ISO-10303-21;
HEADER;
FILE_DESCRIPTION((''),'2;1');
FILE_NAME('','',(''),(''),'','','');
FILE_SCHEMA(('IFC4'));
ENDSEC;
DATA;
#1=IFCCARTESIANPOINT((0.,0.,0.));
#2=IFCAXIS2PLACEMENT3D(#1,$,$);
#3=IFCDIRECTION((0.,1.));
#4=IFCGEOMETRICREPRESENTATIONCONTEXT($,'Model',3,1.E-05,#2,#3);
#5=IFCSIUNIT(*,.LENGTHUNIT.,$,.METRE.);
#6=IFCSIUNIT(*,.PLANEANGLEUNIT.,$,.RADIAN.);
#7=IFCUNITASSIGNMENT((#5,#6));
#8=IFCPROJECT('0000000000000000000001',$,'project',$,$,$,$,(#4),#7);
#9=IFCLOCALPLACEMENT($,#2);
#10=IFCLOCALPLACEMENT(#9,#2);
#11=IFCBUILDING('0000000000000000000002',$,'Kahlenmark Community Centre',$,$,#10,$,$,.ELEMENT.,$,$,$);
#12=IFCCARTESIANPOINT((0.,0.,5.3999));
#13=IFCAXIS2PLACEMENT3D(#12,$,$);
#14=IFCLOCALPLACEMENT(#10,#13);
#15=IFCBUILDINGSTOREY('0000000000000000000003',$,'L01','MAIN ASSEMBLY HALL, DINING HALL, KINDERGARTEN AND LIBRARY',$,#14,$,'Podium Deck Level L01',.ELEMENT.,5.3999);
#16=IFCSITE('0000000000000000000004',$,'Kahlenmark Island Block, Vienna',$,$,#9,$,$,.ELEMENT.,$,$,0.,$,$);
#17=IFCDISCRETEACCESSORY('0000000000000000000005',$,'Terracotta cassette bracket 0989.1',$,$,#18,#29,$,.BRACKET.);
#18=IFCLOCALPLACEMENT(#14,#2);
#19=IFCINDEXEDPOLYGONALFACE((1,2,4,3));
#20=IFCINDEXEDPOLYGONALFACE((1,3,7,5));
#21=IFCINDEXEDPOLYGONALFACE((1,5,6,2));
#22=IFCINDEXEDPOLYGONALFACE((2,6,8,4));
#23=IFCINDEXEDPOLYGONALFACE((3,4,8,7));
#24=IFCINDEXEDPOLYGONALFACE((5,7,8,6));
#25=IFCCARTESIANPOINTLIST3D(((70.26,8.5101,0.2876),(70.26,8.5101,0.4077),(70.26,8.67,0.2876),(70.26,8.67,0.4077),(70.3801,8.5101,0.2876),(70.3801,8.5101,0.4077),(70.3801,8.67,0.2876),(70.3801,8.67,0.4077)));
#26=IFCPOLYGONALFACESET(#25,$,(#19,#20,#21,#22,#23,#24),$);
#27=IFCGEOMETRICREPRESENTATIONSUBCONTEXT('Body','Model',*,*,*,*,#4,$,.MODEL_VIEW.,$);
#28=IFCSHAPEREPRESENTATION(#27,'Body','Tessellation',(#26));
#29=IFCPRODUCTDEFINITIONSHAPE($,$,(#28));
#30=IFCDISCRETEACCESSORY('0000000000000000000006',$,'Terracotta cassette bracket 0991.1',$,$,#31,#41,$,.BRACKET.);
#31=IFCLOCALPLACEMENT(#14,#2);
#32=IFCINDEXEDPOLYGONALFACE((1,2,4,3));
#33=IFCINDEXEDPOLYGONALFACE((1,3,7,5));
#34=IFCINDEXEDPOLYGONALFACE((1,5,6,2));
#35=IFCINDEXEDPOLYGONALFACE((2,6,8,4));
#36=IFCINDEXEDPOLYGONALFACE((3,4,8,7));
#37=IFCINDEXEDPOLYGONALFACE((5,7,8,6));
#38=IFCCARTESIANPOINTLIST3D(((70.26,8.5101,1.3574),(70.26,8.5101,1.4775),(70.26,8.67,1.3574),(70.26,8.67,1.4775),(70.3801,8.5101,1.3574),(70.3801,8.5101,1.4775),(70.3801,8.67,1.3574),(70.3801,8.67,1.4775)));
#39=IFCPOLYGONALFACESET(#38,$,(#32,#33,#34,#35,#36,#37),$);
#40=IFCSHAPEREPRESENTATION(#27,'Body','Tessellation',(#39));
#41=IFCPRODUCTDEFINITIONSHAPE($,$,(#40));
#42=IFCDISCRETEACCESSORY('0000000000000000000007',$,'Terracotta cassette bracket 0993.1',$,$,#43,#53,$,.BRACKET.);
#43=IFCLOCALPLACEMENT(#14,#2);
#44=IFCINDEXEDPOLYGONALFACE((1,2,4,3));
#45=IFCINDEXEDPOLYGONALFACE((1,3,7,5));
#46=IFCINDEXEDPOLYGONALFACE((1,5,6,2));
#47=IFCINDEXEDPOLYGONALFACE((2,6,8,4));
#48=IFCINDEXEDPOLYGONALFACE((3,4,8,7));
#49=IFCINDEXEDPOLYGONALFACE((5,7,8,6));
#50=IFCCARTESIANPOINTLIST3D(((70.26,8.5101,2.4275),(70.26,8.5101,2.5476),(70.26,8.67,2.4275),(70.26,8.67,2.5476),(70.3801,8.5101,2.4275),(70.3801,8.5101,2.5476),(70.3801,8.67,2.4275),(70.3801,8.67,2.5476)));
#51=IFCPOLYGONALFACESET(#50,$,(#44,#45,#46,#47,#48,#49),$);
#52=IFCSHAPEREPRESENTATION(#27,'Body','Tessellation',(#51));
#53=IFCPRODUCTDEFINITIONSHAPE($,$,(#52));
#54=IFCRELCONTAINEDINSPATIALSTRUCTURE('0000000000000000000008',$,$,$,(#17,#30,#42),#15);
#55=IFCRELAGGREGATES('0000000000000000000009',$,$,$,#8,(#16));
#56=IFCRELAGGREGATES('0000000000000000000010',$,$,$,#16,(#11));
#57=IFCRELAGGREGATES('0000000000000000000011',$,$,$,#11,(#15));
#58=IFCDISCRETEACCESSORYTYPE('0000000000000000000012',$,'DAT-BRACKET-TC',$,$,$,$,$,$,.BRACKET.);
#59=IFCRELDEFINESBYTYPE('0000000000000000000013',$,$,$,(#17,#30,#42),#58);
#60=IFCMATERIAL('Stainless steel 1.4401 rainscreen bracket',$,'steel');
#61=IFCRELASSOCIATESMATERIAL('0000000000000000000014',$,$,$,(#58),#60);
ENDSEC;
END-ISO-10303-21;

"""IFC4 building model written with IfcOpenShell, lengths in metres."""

from ifc_helpers import new_model, si_unit, direction, frame, origin, origin_2d, place, context, subcontext, project, spatial, rectangle, extrude, material, type_object, element, save


model = new_model("IFC4")

# Units and contexts
model_context = context("Model", 3, precision=1e-05, world=origin(), true_north=direction((0.0, 1.0)))
body_context = subcontext(model_context, "Body", "Model", "MODEL_VIEW")
ifc_project = project(units=[si_unit("LENGTHUNIT", "METRE"), si_unit("PLANEANGLEUNIT", "RADIAN")], contexts=[model_context])

# Site, building, storey
site_placement = place(None, origin())
site = spatial("IfcSite", under=ifc_project, at=site_placement, Name="Kahlenmark Island Block, Vienna", CompositionType="ELEMENT", RefElevation=0.0)
building_placement = place(site_placement, origin())
building = spatial("IfcBuilding", under=site, at=building_placement, Name="Kahlenmark Community Centre", CompositionType="ELEMENT")
storey_placement = place(building_placement, frame((0.0, 0.0, 5.3999)))
storey = spatial("IfcBuildingStorey", under=building, at=storey_placement, Name="L01", Description="MAIN ASSEMBLY HALL, DINING HALL, KINDERGARTEN AND LIBRARY", LongName="Podium Deck Level L01", CompositionType="ELEMENT", Elevation=5.3999)

# Discrete accessories
ifc_material_1 = material(Name="Stainless steel 1.4401 rainscreen bracket", Category="steel")
discrete_accessory_type = type_object("IfcDiscreteAccessoryType", Name="DAT-BRACKET-TC", PredefinedType="BRACKET", material=ifc_material_1)
for number, where, z_axis, x_axis, name in (
    (1, (70.3201, 8.5901, 0.2876), (0.0, 0.0, 1.0), (1.0, 0.0, 0.0), "Terracotta cassette bracket 0989.1"),
    (2, (70.3201, 8.5901, 1.3574), (0.0, 0.0, 1.0), (1.0, 0.0, 0.0), "Terracotta cassette bracket 0991.1"),
    (3, (70.3201, 8.5901, 2.4275), (0.0, 0.0, 1.0), (1.0, 0.0, 0.0), "Terracotta cassette bracket 0993.1"),
):
    element("IfcDiscreteAccessory", number, at=place(storey_placement, frame(where, z_axis=z_axis, x_axis=x_axis)), inside=storey, type_object=discrete_accessory_type, Name=name, PredefinedType="BRACKET", context=body_context, shape_type="SweptSolid", body=[
        extrude(rectangle(XDim=0.1201, YDim=0.1599, at=origin_2d()), origin(), (0.0, 0.0, 1.0), 0.1201),
    ])

save(model, "model.ifc")
